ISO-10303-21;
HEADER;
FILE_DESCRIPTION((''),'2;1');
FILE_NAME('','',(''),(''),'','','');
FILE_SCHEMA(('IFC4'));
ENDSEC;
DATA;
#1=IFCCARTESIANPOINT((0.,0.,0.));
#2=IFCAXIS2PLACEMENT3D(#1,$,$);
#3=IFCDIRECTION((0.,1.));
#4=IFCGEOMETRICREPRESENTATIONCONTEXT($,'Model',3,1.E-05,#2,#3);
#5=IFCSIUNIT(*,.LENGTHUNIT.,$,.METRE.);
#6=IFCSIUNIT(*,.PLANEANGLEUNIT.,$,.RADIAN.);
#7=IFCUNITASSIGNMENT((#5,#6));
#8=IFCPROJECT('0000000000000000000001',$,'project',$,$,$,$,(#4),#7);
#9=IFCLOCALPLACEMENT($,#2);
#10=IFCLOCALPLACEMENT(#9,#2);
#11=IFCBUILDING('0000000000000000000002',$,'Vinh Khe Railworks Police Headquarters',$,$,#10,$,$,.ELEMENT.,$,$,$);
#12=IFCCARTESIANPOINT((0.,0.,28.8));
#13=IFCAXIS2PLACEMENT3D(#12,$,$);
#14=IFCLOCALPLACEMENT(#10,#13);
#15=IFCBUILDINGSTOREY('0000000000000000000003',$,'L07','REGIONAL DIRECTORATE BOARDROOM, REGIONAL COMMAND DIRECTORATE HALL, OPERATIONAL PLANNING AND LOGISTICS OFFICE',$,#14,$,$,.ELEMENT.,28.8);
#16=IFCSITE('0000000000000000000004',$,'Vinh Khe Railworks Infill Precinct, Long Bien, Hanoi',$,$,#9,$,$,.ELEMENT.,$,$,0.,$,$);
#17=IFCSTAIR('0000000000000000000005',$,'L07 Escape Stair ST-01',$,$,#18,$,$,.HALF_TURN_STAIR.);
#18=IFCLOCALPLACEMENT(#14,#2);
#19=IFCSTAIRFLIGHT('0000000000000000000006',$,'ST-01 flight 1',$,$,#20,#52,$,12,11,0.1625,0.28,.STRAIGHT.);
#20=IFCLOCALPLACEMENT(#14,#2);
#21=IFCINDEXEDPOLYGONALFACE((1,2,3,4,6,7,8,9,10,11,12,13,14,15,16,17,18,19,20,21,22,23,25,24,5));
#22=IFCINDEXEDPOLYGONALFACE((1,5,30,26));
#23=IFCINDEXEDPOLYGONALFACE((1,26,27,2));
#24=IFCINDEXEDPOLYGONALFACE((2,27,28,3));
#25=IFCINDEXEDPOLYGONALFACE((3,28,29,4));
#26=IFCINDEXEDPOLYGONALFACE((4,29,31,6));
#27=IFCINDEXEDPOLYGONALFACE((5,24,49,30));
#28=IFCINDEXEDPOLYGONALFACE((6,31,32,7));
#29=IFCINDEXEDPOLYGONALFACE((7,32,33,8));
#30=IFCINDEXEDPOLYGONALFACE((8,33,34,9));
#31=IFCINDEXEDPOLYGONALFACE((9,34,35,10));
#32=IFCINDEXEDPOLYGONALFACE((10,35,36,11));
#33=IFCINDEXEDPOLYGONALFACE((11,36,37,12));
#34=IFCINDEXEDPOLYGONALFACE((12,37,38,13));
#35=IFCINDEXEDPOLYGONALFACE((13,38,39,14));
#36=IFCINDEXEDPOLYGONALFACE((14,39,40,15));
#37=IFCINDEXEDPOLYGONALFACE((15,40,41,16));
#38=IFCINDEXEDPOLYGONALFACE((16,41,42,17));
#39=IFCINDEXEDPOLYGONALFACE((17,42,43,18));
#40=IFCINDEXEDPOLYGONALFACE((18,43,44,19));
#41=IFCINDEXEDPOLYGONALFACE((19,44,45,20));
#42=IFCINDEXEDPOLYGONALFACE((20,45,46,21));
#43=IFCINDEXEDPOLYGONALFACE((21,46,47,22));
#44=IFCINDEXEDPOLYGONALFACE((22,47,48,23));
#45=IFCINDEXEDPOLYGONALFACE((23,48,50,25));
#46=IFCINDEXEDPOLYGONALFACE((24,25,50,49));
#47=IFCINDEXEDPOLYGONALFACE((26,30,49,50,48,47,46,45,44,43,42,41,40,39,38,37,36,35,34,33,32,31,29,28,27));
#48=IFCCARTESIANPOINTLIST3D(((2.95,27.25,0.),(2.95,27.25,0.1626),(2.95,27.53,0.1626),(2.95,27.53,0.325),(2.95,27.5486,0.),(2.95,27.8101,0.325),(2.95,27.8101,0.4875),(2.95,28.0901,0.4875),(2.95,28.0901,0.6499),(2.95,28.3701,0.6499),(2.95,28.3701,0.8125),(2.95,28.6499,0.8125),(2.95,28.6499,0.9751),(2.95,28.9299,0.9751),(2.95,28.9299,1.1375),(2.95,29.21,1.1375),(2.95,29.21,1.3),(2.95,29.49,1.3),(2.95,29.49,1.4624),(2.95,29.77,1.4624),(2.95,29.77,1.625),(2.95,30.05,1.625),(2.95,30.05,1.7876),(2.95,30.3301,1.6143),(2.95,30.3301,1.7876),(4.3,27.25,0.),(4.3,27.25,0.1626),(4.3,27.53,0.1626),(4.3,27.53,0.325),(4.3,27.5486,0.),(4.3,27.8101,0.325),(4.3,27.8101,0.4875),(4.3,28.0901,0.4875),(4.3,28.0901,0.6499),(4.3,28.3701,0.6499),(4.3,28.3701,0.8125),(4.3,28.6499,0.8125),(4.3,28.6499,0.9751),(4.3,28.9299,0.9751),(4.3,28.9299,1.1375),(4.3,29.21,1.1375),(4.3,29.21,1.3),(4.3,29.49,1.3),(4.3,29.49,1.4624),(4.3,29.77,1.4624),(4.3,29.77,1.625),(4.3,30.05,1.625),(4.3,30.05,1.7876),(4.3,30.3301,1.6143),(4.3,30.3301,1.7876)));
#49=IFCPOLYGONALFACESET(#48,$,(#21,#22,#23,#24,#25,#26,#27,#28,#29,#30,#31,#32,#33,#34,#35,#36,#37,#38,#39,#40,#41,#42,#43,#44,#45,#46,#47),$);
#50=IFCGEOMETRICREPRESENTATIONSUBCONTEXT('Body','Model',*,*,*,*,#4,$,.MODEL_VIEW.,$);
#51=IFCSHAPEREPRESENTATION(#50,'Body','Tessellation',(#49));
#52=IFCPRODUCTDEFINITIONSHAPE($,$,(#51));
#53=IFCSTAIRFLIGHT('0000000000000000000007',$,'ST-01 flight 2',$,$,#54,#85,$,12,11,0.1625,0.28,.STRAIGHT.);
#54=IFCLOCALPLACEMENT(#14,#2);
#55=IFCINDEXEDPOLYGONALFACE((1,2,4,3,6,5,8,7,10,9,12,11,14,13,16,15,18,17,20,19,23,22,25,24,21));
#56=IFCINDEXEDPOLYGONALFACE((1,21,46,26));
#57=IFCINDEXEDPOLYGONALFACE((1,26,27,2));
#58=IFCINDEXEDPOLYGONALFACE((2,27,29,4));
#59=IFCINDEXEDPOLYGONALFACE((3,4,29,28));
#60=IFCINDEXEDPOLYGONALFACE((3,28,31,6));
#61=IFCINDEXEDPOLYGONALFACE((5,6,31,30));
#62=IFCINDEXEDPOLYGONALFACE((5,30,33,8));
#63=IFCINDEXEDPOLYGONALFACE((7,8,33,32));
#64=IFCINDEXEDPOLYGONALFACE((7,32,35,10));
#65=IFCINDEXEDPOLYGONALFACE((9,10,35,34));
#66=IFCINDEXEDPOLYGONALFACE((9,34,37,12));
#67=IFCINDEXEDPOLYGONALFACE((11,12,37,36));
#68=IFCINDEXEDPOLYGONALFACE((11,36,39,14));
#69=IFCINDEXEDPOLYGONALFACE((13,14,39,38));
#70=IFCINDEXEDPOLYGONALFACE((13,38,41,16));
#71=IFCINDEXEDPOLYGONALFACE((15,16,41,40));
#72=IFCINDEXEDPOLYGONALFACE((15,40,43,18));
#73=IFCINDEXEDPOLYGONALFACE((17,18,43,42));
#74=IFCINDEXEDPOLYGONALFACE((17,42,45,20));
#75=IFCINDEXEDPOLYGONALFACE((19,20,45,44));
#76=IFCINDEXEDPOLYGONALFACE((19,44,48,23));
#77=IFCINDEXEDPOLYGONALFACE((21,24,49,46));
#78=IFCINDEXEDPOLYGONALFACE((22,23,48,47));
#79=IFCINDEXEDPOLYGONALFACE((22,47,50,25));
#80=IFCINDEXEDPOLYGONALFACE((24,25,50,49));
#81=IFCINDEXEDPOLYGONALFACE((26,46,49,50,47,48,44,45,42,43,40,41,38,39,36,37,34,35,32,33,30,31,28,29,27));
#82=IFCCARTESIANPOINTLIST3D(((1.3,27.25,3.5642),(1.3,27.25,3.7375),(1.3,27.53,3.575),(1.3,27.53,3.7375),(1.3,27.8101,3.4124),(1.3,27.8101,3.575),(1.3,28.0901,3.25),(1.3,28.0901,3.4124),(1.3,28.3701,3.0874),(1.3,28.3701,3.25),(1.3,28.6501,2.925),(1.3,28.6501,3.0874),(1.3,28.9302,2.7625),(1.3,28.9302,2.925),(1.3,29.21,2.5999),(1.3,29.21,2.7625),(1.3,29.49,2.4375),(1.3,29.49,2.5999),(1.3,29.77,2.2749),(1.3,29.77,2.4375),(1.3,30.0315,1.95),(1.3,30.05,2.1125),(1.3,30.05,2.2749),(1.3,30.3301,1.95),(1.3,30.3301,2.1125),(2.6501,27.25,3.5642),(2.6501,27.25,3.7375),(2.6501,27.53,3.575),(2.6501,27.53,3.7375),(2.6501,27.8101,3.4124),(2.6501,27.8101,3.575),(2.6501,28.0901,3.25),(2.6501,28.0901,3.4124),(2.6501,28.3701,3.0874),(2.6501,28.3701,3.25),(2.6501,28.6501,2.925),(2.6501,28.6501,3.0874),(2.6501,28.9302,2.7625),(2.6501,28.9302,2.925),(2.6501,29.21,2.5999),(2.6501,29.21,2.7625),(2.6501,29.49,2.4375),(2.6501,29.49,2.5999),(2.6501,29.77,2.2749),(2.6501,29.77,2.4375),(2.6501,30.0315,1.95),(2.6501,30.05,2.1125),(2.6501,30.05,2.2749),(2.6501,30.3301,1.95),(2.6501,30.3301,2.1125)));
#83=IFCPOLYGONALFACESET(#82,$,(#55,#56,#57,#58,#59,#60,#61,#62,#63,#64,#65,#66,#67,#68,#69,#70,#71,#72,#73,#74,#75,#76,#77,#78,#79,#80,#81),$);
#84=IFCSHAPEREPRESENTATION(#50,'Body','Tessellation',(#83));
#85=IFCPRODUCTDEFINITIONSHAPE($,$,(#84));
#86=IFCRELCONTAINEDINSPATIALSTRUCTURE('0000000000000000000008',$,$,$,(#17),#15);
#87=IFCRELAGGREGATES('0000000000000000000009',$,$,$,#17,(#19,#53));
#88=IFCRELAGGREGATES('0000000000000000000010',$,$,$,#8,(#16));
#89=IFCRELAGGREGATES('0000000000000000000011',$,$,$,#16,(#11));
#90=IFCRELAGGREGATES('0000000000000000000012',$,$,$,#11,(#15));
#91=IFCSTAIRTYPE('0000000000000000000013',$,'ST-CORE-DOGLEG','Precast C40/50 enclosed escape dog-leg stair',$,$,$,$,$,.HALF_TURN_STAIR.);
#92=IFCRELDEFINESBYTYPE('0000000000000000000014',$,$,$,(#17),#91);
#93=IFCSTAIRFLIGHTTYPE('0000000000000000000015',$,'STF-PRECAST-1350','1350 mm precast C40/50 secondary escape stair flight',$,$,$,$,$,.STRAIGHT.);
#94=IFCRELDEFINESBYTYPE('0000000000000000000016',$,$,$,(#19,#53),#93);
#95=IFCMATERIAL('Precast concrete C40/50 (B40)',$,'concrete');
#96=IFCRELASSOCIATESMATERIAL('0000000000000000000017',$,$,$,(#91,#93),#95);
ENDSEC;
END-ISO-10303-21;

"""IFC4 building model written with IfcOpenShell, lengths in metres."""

from ifc_helpers import new_model, si_unit, direction, frame, origin, place, context, subcontext, project, spatial, polyline, outline, extrude, material, type_object, element, aggregate, save


model = new_model("IFC4")

# Units and contexts
model_context = context("Model", 3, precision=1e-05, world=origin(), true_north=direction((0.0, 1.0)))
body_context = subcontext(model_context, "Body", "Model", "MODEL_VIEW")
ifc_project = project(units=[si_unit("LENGTHUNIT", "METRE"), si_unit("PLANEANGLEUNIT", "RADIAN")], contexts=[model_context])

# Site, building, storey
site_placement = place(None, origin())
site = spatial("IfcSite", under=ifc_project, at=site_placement, Name="Vinh Khe Railworks Infill Precinct, Long Bien, Hanoi", CompositionType="ELEMENT", RefElevation=0.0)
building_placement = place(site_placement, origin())
building = spatial("IfcBuilding", under=site, at=building_placement, Name="Vinh Khe Railworks Police Headquarters", CompositionType="ELEMENT")
storey_placement = place(building_placement, frame((0.0, 0.0, 28.8)))
storey = spatial("IfcBuildingStorey", under=building, at=storey_placement, Name="L07", Description="REGIONAL DIRECTORATE BOARDROOM, REGIONAL COMMAND DIRECTORATE HALL, OPERATIONAL PLANNING AND LOGISTICS OFFICE", CompositionType="ELEMENT", Elevation=28.8)

# Stair, stair flights
ifc_material_1 = material(Name="Precast concrete C40/50 (B40)", Category="concrete")
stair_type = type_object("IfcStairType", Name="ST-CORE-DOGLEG", Description="Precast C40/50 enclosed escape dog-leg stair", PredefinedType="HALF_TURN_STAIR", material=ifc_material_1)
stair_placement = place(storey_placement, origin())
stair = element("IfcStair", 1, at=stair_placement, inside=storey, type_object=stair_type, Name="L07 Escape Stair ST-01", PredefinedType="HALF_TURN_STAIR")
stair_flight_type = type_object("IfcStairFlightType", Name="STF-PRECAST-1350", Description="1350 mm precast C40/50 secondary escape stair flight", PredefinedType="STRAIGHT", material=ifc_material_1)
stair_flight_1_placement = place(storey_placement, frame((3.625, 27.25, 0.0), z_axis=(0.0, 0.0, 1.0), x_axis=(0.0, 1.0, 0.0)))
stair_flight_1 = element("IfcStairFlight", 2, at=stair_flight_1_placement, type_object=stair_flight_type, Name="ST-01 flight 1", NumberOfRisers=12, NumberOfTreads=11, PredefinedType="STRAIGHT", RiserHeight=0.1625, TreadLength=0.28, context=body_context, shape_type="SweptSolid", body=[
    extrude(outline(polyline([(0.0, 0.0), (0.0, 0.1626), (0.28, 0.1626), (0.28, 0.325), (0.5601, 0.325), (0.5601, 0.4875), (0.8401, 0.4875), (0.8401, 0.6499), (1.1201, 0.6499), (1.1201, 0.8125), (1.3999, 0.8125), (1.3999, 0.9751), (1.6799, 0.9751), (1.6799, 1.1375), (1.96, 1.1375), (1.96, 1.3), (2.24, 1.3), (2.24, 1.4624), (2.52, 1.4624), (2.52, 1.625), (2.8, 1.625), (2.8, 1.7876), (3.0801, 1.7876), (3.0801, 1.95), (3.0801, 1.6143), (0.2986, 0.0), (0.0, 0.0)])), frame((0.0, 0.675, 0.0), z_axis=(0.0, -1.0, 0.0), x_axis=(1.0, 0.0, 0.0)), (0.0, 0.0, 1.0), 1.3501),
])
stair_flight_2_placement = place(storey_placement, frame((1.9751, 30.3301, 1.95), z_axis=(0.0, 0.0, 1.0), x_axis=(0.0, -1.0, 0.0)))
stair_flight_2 = element("IfcStairFlight", 3, at=stair_flight_2_placement, type_object=stair_flight_type, Name="ST-01 flight 2", NumberOfRisers=12, NumberOfTreads=11, PredefinedType="STRAIGHT", RiserHeight=0.1625, TreadLength=0.28, context=body_context, shape_type="SweptSolid", body=[
    extrude(outline(polyline([(0.0, 0.0), (0.0, 0.1626), (0.28, 0.1626), (0.28, 0.325), (0.5601, 0.325), (0.5601, 0.4875), (0.8401, 0.4875), (0.8401, 0.6499), (1.1201, 0.6499), (1.1201, 0.8125), (1.3999, 0.8125), (1.3999, 0.9751), (1.6799, 0.9751), (1.6799, 1.1375), (1.96, 1.1375), (1.96, 1.3), (2.24, 1.3), (2.24, 1.4624), (2.52, 1.4624), (2.52, 1.625), (2.8, 1.625), (2.8, 1.7876), (3.0801, 1.7876), (3.0801, 1.95), (3.0801, 1.6143), (0.2986, 0.0), (0.0, 0.0)])), frame((0.0, 0.675, 0.0), z_axis=(0.0, -1.0, 0.0), x_axis=(1.0, 0.0, 0.0)), (0.0, 0.0, 1.0), 1.3501),
])
aggregate(stair, [stair_flight_1, stair_flight_2])

save(model, "model.ifc")
